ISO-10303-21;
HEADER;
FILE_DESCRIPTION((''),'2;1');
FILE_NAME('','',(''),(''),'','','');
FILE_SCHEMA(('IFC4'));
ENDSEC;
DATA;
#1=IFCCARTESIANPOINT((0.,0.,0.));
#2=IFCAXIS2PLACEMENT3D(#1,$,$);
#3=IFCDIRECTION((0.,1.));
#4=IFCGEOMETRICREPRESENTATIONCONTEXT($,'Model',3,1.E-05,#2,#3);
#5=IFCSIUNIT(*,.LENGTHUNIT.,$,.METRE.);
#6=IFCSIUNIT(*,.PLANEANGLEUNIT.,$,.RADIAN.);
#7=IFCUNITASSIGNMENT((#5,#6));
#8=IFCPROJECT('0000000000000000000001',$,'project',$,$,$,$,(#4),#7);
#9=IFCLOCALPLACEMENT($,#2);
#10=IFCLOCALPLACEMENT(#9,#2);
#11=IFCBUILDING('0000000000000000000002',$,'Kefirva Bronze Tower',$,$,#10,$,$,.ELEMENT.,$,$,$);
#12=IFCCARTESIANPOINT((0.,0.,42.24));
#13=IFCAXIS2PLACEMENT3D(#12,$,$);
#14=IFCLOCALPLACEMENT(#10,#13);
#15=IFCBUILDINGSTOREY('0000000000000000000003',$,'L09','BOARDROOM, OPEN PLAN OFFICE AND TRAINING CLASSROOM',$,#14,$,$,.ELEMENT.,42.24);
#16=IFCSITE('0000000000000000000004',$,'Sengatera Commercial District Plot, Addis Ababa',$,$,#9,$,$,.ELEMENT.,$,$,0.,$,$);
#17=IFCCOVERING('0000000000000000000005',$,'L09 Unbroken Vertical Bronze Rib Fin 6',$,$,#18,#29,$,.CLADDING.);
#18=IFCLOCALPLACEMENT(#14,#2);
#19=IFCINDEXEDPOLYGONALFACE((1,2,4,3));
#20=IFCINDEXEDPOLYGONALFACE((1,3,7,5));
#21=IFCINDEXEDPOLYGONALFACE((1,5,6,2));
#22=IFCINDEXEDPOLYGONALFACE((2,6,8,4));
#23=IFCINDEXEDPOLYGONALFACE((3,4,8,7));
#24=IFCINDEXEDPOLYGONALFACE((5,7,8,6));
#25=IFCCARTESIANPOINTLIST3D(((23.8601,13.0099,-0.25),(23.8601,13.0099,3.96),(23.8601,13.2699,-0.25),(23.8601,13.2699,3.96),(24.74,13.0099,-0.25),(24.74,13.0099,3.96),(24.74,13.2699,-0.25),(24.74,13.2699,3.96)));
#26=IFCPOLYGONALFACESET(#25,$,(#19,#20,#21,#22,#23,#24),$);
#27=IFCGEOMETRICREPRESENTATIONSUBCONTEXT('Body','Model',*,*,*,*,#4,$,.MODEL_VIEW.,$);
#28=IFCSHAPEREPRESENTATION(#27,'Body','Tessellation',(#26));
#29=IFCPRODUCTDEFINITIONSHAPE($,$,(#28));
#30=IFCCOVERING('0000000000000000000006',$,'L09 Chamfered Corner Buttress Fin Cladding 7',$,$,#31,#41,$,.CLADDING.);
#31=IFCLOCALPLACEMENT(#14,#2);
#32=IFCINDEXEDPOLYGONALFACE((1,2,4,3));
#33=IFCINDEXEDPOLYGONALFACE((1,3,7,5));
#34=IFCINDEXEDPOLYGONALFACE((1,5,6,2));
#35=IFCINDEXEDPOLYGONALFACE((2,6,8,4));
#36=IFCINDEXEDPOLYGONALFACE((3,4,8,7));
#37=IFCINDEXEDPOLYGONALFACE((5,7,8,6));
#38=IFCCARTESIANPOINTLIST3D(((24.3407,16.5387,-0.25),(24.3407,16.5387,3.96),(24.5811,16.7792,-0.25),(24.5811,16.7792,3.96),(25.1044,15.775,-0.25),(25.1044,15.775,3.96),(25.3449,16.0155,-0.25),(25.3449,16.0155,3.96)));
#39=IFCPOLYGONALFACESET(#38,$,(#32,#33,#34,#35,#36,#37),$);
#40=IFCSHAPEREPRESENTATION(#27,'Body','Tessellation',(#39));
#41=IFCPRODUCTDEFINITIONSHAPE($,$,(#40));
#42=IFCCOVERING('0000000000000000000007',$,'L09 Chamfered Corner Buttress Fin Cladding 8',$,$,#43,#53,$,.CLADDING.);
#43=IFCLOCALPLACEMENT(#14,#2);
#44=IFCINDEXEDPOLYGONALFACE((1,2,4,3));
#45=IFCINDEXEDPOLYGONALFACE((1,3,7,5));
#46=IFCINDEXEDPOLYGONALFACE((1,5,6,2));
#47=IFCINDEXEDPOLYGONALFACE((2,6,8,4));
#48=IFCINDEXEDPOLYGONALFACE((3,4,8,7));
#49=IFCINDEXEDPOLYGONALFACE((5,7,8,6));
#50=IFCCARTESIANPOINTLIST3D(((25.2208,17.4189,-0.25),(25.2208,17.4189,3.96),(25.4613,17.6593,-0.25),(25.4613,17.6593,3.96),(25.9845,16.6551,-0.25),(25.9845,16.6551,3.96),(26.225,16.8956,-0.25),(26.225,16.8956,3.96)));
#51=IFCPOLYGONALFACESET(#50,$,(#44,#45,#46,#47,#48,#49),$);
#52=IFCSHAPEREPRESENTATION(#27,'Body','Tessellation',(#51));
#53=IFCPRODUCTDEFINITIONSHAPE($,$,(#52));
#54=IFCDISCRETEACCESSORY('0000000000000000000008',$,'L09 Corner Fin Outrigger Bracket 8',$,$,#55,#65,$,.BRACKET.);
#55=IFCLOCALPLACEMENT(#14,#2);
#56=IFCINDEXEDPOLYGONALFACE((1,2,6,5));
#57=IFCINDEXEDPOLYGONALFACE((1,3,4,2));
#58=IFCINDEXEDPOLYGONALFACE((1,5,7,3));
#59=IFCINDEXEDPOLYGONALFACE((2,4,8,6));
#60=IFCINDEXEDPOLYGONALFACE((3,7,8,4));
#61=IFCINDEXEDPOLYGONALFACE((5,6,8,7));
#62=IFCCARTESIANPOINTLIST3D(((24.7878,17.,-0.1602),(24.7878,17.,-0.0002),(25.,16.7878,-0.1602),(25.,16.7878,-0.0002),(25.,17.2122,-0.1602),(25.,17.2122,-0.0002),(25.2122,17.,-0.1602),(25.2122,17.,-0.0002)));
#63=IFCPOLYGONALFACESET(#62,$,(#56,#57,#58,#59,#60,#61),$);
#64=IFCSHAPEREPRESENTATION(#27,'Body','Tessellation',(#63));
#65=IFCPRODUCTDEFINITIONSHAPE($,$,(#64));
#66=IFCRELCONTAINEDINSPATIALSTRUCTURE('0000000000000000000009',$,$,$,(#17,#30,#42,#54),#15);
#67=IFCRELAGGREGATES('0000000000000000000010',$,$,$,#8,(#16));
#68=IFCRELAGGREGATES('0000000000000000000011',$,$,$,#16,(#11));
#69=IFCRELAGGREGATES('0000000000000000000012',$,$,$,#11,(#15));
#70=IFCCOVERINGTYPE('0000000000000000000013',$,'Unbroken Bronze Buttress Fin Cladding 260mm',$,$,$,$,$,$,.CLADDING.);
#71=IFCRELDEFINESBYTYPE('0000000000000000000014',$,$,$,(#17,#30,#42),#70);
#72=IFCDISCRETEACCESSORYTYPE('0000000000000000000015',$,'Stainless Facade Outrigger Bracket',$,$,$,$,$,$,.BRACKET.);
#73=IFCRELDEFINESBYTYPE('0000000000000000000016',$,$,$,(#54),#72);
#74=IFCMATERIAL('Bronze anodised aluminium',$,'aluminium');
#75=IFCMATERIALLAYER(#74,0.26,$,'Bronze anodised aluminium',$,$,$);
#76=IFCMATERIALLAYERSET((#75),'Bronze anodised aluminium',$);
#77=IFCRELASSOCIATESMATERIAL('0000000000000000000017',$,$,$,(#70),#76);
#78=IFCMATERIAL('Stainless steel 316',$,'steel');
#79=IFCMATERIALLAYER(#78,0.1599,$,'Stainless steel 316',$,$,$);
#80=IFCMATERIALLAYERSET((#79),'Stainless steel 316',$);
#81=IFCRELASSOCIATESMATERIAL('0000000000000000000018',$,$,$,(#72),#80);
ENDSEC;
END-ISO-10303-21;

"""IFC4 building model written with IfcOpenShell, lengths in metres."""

from ifc_helpers import new_model, si_unit, direction, frame, origin, origin_2d, place, context, subcontext, project, spatial, rectangle, extrude, material, layer, layer_set, type_object, element, save


model = new_model("IFC4")

# Units and contexts
model_context = context("Model", 3, precision=1e-05, world=origin(), true_north=direction((0.0, 1.0)))
body_context = subcontext(model_context, "Body", "Model", "MODEL_VIEW")
ifc_project = project(units=[si_unit("LENGTHUNIT", "METRE"), si_unit("PLANEANGLEUNIT", "RADIAN")], contexts=[model_context])

# Site, building, storey
site_placement = place(None, origin())
site = spatial("IfcSite", under=ifc_project, at=site_placement, Name="Sengatera Commercial District Plot, Addis Ababa", CompositionType="ELEMENT", RefElevation=0.0)
building_placement = place(site_placement, origin())
building = spatial("IfcBuilding", under=site, at=building_placement, Name="Kefirva Bronze Tower", CompositionType="ELEMENT")
storey_placement = place(building_placement, frame((0.0, 0.0, 42.24)))
storey = spatial("IfcBuildingStorey", under=building, at=storey_placement, Name="L09", Description="BOARDROOM, OPEN PLAN OFFICE AND TRAINING CLASSROOM", CompositionType="ELEMENT", Elevation=42.24)

# Shared definitions
ifc_material_1 = material(Name="Bronze anodised aluminium", Category="aluminium")

# Coverings
ifc_layer_1 = layer(ifc_material_1, 0.26, Name="Bronze anodised aluminium")
ifc_layer_set_1 = layer_set([ifc_layer_1], Name="Bronze anodised aluminium")
covering_type_1 = type_object("IfcCoveringType", Name="Unbroken Bronze Buttress Fin Cladding 260mm", PredefinedType="CLADDING", material=ifc_layer_set_1)
covering_1_placement = place(storey_placement, frame((24.3, 13.1399, -0.25), z_axis=(0.0, 0.0, 1.0), x_axis=(0.0, 1.0, 0.0)))
element("IfcCovering", 1, at=covering_1_placement, inside=storey, type_object=covering_type_1, Name="L09 Unbroken Vertical Bronze Rib Fin 6", PredefinedType="CLADDING", context=body_context, shape_type="SweptSolid", body=[
    extrude(rectangle(XDim=0.26, YDim=0.8799, at=origin_2d()), origin(), (0.0, 0.0, 1.0), 4.21),
])
for number, where, z_axis, x_axis, name in (
    (2, (24.8428, 16.2771, -0.25), (0.0, 0.0, 1.0), (0.707107, 0.707107, 0.0), "L09 Chamfered Corner Buttress Fin Cladding 7"),
    (3, (25.7229, 17.1572, -0.25), (0.0, 0.0, 1.0), (0.707107, 0.707107, 0.0), "L09 Chamfered Corner Buttress Fin Cladding 8"),
):
    element("IfcCovering", number, at=place(storey_placement, frame(where, z_axis=z_axis, x_axis=x_axis)), inside=storey, type_object=covering_type_1, Name=name, PredefinedType="CLADDING", context=body_context, shape_type="SweptSolid", body=[
        extrude(rectangle(XDim=0.3401, YDim=1.0801, at=origin_2d()), origin(), (0.0, 0.0, 1.0), 4.21),
    ])

# Discrete accessory
ifc_material_2 = material(Name="Stainless steel 316", Category="steel")
ifc_layer_2 = layer(ifc_material_2, 0.1599, Name="Stainless steel 316")
ifc_layer_set_2 = layer_set([ifc_layer_2], Name="Stainless steel 316")
discrete_accessory_type = type_object("IfcDiscreteAccessoryType", Name="Stainless Facade Outrigger Bracket", PredefinedType="BRACKET", material=ifc_layer_set_2)
discrete_accessory_placement = place(storey_placement, frame((25.0, 17.0, -0.1602), z_axis=(0.0, 0.0, 1.0), x_axis=(0.707107, 0.707107, 0.0)))
element("IfcDiscreteAccessory", 4, at=discrete_accessory_placement, inside=storey, type_object=discrete_accessory_type, Name="L09 Corner Fin Outrigger Bracket 8", PredefinedType="BRACKET", context=body_context, shape_type="SweptSolid", body=[
    extrude(rectangle(XDim=0.3, YDim=0.3, at=origin_2d()), origin(), (0.0, 0.0, 1.0), 0.1599),
])

save(model, "model.ifc")
